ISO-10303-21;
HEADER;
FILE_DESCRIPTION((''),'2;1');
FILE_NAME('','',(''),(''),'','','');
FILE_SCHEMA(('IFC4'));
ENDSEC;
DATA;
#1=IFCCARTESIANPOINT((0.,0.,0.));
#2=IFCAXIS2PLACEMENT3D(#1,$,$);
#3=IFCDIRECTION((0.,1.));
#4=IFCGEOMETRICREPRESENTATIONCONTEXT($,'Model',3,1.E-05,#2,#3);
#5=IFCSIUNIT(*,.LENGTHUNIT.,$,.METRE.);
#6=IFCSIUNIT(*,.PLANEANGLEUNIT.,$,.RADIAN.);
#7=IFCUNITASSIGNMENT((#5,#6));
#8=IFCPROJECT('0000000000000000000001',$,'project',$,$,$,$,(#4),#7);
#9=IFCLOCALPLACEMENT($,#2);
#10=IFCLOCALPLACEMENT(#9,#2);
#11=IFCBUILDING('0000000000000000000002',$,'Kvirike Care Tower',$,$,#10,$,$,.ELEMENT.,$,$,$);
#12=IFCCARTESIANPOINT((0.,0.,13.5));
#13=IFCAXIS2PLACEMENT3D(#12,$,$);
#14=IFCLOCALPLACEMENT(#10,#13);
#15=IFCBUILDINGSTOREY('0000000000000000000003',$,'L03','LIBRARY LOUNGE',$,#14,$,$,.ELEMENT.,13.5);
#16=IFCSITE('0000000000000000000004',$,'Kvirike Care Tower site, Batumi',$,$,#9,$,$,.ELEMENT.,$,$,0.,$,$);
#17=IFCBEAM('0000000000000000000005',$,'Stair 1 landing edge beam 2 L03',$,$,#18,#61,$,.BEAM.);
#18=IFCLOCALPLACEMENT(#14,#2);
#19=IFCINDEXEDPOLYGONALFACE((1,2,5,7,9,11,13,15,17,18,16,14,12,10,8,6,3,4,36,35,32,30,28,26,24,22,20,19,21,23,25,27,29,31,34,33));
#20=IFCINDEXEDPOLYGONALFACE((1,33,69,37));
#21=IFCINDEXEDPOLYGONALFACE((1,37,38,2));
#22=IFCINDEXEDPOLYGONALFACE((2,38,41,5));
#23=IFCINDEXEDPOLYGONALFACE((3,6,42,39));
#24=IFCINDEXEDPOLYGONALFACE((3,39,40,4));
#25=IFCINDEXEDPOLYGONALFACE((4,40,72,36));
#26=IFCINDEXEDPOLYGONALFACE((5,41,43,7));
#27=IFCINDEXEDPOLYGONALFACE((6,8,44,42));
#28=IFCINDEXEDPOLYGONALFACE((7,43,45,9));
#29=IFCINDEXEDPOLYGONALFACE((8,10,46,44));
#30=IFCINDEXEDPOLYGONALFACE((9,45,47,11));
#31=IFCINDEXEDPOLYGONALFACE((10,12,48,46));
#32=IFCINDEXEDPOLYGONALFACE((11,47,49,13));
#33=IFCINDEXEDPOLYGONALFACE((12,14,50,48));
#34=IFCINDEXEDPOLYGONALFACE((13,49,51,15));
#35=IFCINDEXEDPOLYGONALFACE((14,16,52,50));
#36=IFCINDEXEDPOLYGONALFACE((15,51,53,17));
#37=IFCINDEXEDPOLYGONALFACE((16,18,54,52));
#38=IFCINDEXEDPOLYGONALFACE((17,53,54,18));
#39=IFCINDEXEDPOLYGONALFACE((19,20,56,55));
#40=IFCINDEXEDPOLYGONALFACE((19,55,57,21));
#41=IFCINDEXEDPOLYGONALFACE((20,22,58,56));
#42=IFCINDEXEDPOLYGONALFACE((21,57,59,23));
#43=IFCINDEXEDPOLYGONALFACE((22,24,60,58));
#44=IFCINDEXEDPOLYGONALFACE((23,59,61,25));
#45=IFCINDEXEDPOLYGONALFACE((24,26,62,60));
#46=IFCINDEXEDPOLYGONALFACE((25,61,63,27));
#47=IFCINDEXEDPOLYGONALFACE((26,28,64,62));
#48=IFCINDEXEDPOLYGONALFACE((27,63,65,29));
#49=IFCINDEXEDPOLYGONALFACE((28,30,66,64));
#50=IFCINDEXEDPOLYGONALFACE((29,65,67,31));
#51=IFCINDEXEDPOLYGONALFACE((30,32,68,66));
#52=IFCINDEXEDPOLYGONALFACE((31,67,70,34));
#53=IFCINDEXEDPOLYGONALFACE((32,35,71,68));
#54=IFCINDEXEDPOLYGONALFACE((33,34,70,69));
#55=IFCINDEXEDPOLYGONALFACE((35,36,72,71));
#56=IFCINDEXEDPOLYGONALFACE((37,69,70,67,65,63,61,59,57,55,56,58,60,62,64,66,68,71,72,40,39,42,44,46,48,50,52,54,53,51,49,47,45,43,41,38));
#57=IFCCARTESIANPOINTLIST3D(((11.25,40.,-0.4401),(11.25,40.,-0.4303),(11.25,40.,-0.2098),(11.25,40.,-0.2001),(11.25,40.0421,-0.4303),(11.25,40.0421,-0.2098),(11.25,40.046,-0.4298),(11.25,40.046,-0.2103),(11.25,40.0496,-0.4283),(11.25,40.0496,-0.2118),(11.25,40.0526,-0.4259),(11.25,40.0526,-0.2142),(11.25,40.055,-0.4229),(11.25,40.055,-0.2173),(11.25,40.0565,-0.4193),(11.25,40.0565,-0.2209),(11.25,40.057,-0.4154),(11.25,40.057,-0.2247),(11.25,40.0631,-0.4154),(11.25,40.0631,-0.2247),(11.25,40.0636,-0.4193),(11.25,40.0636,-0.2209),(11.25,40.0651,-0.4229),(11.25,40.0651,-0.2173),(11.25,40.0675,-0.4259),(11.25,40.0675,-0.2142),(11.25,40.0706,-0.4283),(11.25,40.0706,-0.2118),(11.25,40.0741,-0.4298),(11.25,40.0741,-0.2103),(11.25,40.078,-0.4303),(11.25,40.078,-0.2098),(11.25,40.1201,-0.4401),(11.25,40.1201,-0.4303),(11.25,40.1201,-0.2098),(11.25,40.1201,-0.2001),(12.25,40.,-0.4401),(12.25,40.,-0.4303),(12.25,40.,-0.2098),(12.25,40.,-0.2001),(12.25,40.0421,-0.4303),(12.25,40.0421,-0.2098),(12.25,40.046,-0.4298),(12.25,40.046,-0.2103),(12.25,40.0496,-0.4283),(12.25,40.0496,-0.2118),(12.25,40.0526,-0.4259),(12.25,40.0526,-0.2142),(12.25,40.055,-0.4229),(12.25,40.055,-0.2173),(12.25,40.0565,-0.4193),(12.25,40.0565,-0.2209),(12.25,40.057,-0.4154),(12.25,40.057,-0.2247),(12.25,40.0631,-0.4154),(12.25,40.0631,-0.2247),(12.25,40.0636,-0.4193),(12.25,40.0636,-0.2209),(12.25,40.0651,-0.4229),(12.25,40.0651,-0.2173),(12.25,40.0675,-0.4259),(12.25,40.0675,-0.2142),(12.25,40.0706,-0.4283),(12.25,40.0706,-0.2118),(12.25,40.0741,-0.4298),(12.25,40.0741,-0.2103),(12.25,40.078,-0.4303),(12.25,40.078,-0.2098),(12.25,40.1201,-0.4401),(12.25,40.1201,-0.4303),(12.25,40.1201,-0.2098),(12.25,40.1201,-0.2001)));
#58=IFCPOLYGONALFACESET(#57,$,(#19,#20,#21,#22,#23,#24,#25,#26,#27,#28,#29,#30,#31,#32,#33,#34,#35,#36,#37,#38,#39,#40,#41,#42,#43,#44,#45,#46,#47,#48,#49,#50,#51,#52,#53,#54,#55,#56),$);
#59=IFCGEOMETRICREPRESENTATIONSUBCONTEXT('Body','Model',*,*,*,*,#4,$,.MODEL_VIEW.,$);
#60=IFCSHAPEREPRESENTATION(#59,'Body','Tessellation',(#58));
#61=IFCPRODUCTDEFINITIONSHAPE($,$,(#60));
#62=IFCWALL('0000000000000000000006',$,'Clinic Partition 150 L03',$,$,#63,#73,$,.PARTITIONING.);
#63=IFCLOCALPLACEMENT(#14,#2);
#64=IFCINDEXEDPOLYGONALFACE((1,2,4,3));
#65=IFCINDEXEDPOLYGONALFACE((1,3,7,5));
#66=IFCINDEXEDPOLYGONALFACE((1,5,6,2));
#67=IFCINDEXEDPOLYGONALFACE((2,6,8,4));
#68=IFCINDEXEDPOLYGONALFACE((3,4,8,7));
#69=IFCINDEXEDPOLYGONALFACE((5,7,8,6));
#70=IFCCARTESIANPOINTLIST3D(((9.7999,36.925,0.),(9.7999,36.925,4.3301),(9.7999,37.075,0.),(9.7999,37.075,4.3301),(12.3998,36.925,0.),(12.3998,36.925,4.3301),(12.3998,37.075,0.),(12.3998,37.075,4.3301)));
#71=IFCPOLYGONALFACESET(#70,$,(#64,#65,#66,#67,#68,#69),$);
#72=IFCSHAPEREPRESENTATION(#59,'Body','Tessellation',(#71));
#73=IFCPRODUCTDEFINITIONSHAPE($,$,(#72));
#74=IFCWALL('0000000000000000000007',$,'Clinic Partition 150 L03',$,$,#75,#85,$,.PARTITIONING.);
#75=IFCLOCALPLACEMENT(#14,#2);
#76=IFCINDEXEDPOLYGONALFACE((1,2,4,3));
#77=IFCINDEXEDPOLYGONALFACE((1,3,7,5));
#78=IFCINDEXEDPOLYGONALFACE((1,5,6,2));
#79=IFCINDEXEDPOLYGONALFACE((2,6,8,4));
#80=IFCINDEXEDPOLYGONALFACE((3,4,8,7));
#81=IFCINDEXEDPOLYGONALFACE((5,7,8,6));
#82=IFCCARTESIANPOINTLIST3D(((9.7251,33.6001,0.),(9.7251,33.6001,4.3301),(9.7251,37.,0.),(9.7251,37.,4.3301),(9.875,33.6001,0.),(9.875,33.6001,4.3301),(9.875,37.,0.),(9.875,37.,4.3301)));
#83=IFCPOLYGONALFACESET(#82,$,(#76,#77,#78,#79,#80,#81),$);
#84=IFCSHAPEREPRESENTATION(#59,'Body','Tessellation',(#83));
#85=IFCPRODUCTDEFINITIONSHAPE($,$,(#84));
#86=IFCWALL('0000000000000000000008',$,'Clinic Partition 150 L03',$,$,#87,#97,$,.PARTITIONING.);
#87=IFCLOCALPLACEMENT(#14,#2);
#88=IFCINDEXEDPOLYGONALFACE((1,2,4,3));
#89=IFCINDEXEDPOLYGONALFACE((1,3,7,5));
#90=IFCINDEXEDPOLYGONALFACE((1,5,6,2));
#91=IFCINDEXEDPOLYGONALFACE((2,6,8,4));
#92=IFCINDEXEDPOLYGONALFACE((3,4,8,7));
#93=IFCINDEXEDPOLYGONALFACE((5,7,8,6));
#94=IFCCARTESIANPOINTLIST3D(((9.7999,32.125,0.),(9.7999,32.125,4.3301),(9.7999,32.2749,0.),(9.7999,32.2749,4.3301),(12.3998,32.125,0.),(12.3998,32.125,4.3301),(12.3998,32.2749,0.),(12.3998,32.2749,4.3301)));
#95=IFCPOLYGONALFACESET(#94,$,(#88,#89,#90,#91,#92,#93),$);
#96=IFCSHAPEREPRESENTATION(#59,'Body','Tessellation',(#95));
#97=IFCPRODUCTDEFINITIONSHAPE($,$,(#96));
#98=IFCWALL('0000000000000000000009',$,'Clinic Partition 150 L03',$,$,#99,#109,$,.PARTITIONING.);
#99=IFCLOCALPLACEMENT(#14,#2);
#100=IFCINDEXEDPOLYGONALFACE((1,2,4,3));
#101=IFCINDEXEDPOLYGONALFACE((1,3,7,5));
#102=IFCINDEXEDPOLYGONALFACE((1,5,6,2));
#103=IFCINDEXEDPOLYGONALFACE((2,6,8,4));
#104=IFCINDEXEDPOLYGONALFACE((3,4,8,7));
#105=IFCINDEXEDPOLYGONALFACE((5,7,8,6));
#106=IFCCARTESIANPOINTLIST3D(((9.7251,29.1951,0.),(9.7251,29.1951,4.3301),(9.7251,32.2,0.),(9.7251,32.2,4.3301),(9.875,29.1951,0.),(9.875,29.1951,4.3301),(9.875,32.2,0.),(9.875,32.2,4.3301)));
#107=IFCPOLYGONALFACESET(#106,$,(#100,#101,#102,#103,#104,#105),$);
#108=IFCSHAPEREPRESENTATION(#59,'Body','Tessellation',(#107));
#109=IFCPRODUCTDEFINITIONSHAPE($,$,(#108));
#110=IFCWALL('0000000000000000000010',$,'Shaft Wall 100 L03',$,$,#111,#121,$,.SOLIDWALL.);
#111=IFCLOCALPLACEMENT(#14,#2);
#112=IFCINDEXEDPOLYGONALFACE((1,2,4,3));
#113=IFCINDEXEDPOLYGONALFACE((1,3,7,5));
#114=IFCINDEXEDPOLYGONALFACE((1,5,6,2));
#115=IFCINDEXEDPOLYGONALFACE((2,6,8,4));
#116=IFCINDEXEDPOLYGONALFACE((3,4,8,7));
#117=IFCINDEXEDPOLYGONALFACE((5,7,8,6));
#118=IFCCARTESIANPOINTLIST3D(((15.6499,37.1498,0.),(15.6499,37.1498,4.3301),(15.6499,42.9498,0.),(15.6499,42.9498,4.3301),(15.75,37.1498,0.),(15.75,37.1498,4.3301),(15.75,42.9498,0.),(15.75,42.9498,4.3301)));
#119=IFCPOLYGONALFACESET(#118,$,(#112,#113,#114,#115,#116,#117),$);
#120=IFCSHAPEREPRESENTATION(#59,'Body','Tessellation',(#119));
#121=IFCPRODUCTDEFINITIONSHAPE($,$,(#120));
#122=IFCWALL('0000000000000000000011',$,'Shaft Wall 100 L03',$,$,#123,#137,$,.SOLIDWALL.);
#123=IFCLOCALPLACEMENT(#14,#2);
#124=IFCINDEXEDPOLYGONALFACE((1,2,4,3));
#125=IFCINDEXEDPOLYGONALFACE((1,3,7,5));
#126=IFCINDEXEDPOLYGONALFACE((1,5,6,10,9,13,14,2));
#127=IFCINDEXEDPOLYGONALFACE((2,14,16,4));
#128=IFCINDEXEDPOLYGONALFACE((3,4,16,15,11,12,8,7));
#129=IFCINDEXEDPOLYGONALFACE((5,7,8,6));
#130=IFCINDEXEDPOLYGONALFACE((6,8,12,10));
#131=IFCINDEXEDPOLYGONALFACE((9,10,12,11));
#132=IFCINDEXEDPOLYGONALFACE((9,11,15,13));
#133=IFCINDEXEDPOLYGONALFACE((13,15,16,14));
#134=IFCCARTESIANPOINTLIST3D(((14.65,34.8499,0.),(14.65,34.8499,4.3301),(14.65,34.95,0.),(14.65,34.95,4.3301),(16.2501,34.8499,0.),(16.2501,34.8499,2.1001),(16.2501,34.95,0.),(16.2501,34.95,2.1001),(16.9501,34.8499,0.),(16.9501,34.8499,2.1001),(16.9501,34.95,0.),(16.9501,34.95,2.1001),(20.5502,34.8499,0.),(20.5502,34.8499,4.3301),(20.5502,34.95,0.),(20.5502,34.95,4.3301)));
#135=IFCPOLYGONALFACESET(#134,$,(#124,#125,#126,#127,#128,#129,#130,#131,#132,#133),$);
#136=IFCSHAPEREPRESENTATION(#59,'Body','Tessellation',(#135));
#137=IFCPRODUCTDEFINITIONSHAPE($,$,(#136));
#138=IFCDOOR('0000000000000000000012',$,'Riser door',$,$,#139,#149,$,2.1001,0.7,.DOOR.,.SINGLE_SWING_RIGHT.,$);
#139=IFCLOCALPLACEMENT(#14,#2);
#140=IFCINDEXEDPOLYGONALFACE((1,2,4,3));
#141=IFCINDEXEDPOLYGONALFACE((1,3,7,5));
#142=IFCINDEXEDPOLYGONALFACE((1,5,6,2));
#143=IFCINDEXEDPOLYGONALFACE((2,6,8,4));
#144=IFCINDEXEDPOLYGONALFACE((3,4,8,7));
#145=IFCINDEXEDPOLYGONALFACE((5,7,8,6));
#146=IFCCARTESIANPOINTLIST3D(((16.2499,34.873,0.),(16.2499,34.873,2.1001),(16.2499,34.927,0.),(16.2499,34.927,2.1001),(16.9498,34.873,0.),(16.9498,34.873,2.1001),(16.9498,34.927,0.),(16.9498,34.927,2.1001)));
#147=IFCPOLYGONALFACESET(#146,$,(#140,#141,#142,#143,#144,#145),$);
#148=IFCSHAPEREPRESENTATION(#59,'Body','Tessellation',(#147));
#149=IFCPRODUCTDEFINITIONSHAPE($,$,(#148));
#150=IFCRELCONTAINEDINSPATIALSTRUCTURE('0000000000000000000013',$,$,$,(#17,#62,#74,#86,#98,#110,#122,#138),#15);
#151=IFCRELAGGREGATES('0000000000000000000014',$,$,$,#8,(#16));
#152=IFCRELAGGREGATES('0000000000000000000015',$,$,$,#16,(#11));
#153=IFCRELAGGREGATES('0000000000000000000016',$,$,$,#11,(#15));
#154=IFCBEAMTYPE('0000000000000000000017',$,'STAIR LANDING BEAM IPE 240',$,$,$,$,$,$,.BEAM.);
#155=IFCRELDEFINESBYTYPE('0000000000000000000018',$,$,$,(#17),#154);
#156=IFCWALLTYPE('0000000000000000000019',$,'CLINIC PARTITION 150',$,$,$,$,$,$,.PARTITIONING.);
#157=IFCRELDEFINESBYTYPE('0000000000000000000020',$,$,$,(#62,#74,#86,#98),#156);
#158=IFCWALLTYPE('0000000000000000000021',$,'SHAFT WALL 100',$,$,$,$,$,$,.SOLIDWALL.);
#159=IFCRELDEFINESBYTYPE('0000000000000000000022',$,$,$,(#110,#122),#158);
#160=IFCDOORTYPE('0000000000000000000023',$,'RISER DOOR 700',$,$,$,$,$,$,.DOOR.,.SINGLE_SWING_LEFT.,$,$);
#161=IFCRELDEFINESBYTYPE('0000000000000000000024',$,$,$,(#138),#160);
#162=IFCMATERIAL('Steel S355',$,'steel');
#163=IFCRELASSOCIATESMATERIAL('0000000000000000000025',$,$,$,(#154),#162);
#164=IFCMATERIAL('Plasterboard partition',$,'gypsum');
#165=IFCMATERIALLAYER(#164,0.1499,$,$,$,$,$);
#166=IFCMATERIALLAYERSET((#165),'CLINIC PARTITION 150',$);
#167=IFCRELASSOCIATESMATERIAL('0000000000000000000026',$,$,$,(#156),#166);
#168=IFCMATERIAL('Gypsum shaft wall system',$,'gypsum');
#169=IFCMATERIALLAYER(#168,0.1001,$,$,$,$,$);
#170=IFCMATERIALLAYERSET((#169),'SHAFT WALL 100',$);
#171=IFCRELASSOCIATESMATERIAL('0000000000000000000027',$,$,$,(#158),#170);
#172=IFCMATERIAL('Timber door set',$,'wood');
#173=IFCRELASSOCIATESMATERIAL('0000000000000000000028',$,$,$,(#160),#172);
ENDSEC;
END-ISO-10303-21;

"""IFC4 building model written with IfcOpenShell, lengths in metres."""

from ifc_helpers import new_model, si_unit, direction, frame, frame_2d, origin, origin_2d, place, context, subcontext, project, spatial, rectangle, i_section, extrude, material, layer, layer_set, material_profile, profile_set, type_object, element, fill, save


model = new_model("IFC4")

# Units and contexts
model_context = context("Model", 3, precision=1e-05, world=origin(), true_north=direction((0.0, 1.0)))
body_context = subcontext(model_context, "Body", "Model", "MODEL_VIEW")
ifc_project = project(units=[si_unit("LENGTHUNIT", "METRE"), si_unit("PLANEANGLEUNIT", "RADIAN")], contexts=[model_context])

# Site, building, storey
site_placement = place(None, origin())
site = spatial("IfcSite", under=ifc_project, at=site_placement, Name="Kvirike Care Tower site, Batumi", CompositionType="ELEMENT", RefElevation=0.0)
building_placement = place(site_placement, origin())
building = spatial("IfcBuilding", under=site, at=building_placement, Name="Kvirike Care Tower", CompositionType="ELEMENT")
storey_placement = place(building_placement, frame((0.0, 0.0, 13.5)))
storey = spatial("IfcBuildingStorey", under=building, at=storey_placement, Name="L03", Description="LIBRARY LOUNGE", CompositionType="ELEMENT", Elevation=13.5)

# Beam
ifc_material_1 = material(Name="Steel S355", Category="steel")
ifc_material_profile_1 = material_profile(ifc_material_1, i_section(OverallWidth=0.1201, OverallDepth=0.24, WebThickness=0.0061, FlangeThickness=0.0098, FilletRadius=0.0149, at=origin_2d()), Name="IPE 240")
ifc_profile_set_1 = profile_set([ifc_material_profile_1], Name="Steel S355")
beam_type = type_object("IfcBeamType", Name="STAIR LANDING BEAM IPE 240", PredefinedType="BEAM", material=ifc_profile_set_1)
for number, where, z_axis, x_axis, name in (
    (1, (11.25, 40.0601, -0.3201), (1.0, 0.0, 0.0), (0.0, 1.0, 0.0), "Stair 1 landing edge beam 2 L03"),
):
    element("IfcBeam", number, at=place(storey_placement, frame(where, z_axis=z_axis, x_axis=x_axis)), inside=storey, type_object=beam_type, Name=name, PredefinedType="BEAM", context=body_context, shape_type="SweptSolid", body=[
        extrude(i_section(OverallWidth=0.1201, OverallDepth=0.24, WebThickness=0.0061, FlangeThickness=0.0098, FilletRadius=0.0149, at=origin_2d()), origin(), (0.0, 0.0, 1.0), 1.0),
    ])

# Walls
ifc_material_2 = material(Name="Plasterboard partition", Category="gypsum")
ifc_layer_1 = layer(ifc_material_2, 0.1499)
ifc_layer_set_1 = layer_set([ifc_layer_1], Name="CLINIC PARTITION 150")
wall_type_1 = type_object("IfcWallType", Name="CLINIC PARTITION 150", PredefinedType="PARTITIONING", material=ifc_layer_set_1)
wall_1_placement = place(storey_placement, frame((9.8, 37.0, 0.0), z_axis=(0.0, 0.0, 1.0), x_axis=(1.0, 0.0, 0.0)))
element("IfcWall", 2, at=wall_1_placement, inside=storey, type_object=wall_type_1, Name="Clinic Partition 150 L03", PredefinedType="PARTITIONING", context=body_context, shape_type="SweptSolid", body=[
    extrude(rectangle(XDim=2.5999, YDim=0.1499, at=frame_2d((1.2998, 0.0))), origin(), (0.0, 0.0, 1.0), 4.3301),
])
wall_2_placement = place(storey_placement, frame((9.8, 37.0, 0.0), z_axis=(0.0, 0.0, 1.0), x_axis=(0.0, -1.0, 0.0)))
element("IfcWall", 3, at=wall_2_placement, inside=storey, type_object=wall_type_1, Name="Clinic Partition 150 L03", PredefinedType="PARTITIONING", context=body_context, shape_type="SweptSolid", body=[
    extrude(rectangle(XDim=3.3999, YDim=0.1499, at=frame_2d((1.7, 0.0))), origin(), (0.0, 0.0, 1.0), 4.3301),
])
wall_3_placement = place(storey_placement, frame((9.8, 32.2, 0.0), z_axis=(0.0, 0.0, 1.0), x_axis=(1.0, 0.0, 0.0)))
element("IfcWall", 4, at=wall_3_placement, inside=storey, type_object=wall_type_1, Name="Clinic Partition 150 L03", PredefinedType="PARTITIONING", context=body_context, shape_type="SweptSolid", body=[
    extrude(rectangle(XDim=2.5999, YDim=0.1499, at=frame_2d((1.2998, 0.0))), origin(), (0.0, 0.0, 1.0), 4.3301),
])
wall_4_placement = place(storey_placement, frame((9.8, 32.2, 0.0), z_axis=(0.0, 0.0, 1.0), x_axis=(0.0, -1.0, 0.0)))
element("IfcWall", 5, at=wall_4_placement, inside=storey, type_object=wall_type_1, Name="Clinic Partition 150 L03", PredefinedType="PARTITIONING", context=body_context, shape_type="SweptSolid", body=[
    extrude(rectangle(XDim=3.0049, YDim=0.1499, at=frame_2d((1.5024, 0.0))), origin(), (0.0, 0.0, 1.0), 4.3301),
])
ifc_material_3 = material(Name="Gypsum shaft wall system", Category="gypsum")
ifc_layer_2 = layer(ifc_material_3, 0.1001)
ifc_layer_set_2 = layer_set([ifc_layer_2], Name="SHAFT WALL 100")
wall_type_2 = type_object("IfcWallType", Name="SHAFT WALL 100", PredefinedType="SOLIDWALL", material=ifc_layer_set_2)
wall_5_placement = place(storey_placement, frame((15.7, 37.1499, 0.0), z_axis=(0.0, 0.0, 1.0), x_axis=(0.0, 1.0, 0.0)))
element("IfcWall", 6, at=wall_5_placement, inside=storey, type_object=wall_type_2, Name="Shaft Wall 100 L03", PredefinedType="SOLIDWALL", context=body_context, shape_type="SweptSolid", body=[
    extrude(rectangle(XDim=5.8, YDim=0.1001, at=frame_2d((2.8999, 0.0))), origin(), (0.0, 0.0, 1.0), 4.3301),
])

# Wall, opening, door
wall_6_placement = place(storey_placement, frame((14.6499, 34.8999, 0.0), z_axis=(0.0, 0.0, 1.0), x_axis=(1.0, 0.0, 0.0)))
wall_6 = element("IfcWall", 7, at=wall_6_placement, inside=storey, type_object=wall_type_2, Name="Shaft Wall 100 L03", PredefinedType="SOLIDWALL", context=body_context, shape_type="SweptSolid", body=[
    extrude(rectangle(XDim=5.9001, YDim=0.1001, at=frame_2d((2.9502, 0.0))), origin(), (0.0, 0.0, 1.0), 4.3301),
])
opening_1_placement = place(wall_6_placement, frame((1.6001, 0.0, 0.0)))
opening_1 = element("IfcOpeningElement", 8, at=opening_1_placement, cuts=wall_6, PredefinedType="OPENING", context=body_context, shape_type="SweptSolid", body=[
    extrude(rectangle(XDim=0.7, YDim=2.1001, at=frame_2d((0.3501, 1.05))), frame((0.0, 0.0605, 0.0), z_axis=(0.0, -1.0, 0.0), x_axis=(1.0, 0.0, 0.0)), (0.0, 0.0, 1.0), 0.1211),
])
ifc_material_4 = material(Name="Timber door set", Category="wood")
door_type_1 = type_object("IfcDoorType", Name="RISER DOOR 700", OperationType="SINGLE_SWING_LEFT", PredefinedType="DOOR", material=ifc_material_4)
door_1_placement = place(opening_1_placement, frame((0.7, 0.0, 0.0), z_axis=(0.0, 0.0, 1.0), x_axis=(-1.0, 0.0, 0.0)))
door_1 = element("IfcDoor", 9, at=door_1_placement, inside=storey, type_object=door_type_1, Name="Riser door", OperationType="SINGLE_SWING_RIGHT", OverallHeight=2.1001, OverallWidth=0.7, PredefinedType="DOOR", context=body_context, shape_type="SweptSolid", body=[
    extrude(rectangle(XDim=0.7, YDim=2.1001, at=frame_2d((0.3501, 1.05))), frame((0.0, 0.0269, 0.0), z_axis=(0.0, -1.0, 0.0), x_axis=(1.0, 0.0, 0.0)), (0.0, 0.0, 1.0), 0.054),
])
fill(opening_1, door_1)

save(model, "model.ifc")
